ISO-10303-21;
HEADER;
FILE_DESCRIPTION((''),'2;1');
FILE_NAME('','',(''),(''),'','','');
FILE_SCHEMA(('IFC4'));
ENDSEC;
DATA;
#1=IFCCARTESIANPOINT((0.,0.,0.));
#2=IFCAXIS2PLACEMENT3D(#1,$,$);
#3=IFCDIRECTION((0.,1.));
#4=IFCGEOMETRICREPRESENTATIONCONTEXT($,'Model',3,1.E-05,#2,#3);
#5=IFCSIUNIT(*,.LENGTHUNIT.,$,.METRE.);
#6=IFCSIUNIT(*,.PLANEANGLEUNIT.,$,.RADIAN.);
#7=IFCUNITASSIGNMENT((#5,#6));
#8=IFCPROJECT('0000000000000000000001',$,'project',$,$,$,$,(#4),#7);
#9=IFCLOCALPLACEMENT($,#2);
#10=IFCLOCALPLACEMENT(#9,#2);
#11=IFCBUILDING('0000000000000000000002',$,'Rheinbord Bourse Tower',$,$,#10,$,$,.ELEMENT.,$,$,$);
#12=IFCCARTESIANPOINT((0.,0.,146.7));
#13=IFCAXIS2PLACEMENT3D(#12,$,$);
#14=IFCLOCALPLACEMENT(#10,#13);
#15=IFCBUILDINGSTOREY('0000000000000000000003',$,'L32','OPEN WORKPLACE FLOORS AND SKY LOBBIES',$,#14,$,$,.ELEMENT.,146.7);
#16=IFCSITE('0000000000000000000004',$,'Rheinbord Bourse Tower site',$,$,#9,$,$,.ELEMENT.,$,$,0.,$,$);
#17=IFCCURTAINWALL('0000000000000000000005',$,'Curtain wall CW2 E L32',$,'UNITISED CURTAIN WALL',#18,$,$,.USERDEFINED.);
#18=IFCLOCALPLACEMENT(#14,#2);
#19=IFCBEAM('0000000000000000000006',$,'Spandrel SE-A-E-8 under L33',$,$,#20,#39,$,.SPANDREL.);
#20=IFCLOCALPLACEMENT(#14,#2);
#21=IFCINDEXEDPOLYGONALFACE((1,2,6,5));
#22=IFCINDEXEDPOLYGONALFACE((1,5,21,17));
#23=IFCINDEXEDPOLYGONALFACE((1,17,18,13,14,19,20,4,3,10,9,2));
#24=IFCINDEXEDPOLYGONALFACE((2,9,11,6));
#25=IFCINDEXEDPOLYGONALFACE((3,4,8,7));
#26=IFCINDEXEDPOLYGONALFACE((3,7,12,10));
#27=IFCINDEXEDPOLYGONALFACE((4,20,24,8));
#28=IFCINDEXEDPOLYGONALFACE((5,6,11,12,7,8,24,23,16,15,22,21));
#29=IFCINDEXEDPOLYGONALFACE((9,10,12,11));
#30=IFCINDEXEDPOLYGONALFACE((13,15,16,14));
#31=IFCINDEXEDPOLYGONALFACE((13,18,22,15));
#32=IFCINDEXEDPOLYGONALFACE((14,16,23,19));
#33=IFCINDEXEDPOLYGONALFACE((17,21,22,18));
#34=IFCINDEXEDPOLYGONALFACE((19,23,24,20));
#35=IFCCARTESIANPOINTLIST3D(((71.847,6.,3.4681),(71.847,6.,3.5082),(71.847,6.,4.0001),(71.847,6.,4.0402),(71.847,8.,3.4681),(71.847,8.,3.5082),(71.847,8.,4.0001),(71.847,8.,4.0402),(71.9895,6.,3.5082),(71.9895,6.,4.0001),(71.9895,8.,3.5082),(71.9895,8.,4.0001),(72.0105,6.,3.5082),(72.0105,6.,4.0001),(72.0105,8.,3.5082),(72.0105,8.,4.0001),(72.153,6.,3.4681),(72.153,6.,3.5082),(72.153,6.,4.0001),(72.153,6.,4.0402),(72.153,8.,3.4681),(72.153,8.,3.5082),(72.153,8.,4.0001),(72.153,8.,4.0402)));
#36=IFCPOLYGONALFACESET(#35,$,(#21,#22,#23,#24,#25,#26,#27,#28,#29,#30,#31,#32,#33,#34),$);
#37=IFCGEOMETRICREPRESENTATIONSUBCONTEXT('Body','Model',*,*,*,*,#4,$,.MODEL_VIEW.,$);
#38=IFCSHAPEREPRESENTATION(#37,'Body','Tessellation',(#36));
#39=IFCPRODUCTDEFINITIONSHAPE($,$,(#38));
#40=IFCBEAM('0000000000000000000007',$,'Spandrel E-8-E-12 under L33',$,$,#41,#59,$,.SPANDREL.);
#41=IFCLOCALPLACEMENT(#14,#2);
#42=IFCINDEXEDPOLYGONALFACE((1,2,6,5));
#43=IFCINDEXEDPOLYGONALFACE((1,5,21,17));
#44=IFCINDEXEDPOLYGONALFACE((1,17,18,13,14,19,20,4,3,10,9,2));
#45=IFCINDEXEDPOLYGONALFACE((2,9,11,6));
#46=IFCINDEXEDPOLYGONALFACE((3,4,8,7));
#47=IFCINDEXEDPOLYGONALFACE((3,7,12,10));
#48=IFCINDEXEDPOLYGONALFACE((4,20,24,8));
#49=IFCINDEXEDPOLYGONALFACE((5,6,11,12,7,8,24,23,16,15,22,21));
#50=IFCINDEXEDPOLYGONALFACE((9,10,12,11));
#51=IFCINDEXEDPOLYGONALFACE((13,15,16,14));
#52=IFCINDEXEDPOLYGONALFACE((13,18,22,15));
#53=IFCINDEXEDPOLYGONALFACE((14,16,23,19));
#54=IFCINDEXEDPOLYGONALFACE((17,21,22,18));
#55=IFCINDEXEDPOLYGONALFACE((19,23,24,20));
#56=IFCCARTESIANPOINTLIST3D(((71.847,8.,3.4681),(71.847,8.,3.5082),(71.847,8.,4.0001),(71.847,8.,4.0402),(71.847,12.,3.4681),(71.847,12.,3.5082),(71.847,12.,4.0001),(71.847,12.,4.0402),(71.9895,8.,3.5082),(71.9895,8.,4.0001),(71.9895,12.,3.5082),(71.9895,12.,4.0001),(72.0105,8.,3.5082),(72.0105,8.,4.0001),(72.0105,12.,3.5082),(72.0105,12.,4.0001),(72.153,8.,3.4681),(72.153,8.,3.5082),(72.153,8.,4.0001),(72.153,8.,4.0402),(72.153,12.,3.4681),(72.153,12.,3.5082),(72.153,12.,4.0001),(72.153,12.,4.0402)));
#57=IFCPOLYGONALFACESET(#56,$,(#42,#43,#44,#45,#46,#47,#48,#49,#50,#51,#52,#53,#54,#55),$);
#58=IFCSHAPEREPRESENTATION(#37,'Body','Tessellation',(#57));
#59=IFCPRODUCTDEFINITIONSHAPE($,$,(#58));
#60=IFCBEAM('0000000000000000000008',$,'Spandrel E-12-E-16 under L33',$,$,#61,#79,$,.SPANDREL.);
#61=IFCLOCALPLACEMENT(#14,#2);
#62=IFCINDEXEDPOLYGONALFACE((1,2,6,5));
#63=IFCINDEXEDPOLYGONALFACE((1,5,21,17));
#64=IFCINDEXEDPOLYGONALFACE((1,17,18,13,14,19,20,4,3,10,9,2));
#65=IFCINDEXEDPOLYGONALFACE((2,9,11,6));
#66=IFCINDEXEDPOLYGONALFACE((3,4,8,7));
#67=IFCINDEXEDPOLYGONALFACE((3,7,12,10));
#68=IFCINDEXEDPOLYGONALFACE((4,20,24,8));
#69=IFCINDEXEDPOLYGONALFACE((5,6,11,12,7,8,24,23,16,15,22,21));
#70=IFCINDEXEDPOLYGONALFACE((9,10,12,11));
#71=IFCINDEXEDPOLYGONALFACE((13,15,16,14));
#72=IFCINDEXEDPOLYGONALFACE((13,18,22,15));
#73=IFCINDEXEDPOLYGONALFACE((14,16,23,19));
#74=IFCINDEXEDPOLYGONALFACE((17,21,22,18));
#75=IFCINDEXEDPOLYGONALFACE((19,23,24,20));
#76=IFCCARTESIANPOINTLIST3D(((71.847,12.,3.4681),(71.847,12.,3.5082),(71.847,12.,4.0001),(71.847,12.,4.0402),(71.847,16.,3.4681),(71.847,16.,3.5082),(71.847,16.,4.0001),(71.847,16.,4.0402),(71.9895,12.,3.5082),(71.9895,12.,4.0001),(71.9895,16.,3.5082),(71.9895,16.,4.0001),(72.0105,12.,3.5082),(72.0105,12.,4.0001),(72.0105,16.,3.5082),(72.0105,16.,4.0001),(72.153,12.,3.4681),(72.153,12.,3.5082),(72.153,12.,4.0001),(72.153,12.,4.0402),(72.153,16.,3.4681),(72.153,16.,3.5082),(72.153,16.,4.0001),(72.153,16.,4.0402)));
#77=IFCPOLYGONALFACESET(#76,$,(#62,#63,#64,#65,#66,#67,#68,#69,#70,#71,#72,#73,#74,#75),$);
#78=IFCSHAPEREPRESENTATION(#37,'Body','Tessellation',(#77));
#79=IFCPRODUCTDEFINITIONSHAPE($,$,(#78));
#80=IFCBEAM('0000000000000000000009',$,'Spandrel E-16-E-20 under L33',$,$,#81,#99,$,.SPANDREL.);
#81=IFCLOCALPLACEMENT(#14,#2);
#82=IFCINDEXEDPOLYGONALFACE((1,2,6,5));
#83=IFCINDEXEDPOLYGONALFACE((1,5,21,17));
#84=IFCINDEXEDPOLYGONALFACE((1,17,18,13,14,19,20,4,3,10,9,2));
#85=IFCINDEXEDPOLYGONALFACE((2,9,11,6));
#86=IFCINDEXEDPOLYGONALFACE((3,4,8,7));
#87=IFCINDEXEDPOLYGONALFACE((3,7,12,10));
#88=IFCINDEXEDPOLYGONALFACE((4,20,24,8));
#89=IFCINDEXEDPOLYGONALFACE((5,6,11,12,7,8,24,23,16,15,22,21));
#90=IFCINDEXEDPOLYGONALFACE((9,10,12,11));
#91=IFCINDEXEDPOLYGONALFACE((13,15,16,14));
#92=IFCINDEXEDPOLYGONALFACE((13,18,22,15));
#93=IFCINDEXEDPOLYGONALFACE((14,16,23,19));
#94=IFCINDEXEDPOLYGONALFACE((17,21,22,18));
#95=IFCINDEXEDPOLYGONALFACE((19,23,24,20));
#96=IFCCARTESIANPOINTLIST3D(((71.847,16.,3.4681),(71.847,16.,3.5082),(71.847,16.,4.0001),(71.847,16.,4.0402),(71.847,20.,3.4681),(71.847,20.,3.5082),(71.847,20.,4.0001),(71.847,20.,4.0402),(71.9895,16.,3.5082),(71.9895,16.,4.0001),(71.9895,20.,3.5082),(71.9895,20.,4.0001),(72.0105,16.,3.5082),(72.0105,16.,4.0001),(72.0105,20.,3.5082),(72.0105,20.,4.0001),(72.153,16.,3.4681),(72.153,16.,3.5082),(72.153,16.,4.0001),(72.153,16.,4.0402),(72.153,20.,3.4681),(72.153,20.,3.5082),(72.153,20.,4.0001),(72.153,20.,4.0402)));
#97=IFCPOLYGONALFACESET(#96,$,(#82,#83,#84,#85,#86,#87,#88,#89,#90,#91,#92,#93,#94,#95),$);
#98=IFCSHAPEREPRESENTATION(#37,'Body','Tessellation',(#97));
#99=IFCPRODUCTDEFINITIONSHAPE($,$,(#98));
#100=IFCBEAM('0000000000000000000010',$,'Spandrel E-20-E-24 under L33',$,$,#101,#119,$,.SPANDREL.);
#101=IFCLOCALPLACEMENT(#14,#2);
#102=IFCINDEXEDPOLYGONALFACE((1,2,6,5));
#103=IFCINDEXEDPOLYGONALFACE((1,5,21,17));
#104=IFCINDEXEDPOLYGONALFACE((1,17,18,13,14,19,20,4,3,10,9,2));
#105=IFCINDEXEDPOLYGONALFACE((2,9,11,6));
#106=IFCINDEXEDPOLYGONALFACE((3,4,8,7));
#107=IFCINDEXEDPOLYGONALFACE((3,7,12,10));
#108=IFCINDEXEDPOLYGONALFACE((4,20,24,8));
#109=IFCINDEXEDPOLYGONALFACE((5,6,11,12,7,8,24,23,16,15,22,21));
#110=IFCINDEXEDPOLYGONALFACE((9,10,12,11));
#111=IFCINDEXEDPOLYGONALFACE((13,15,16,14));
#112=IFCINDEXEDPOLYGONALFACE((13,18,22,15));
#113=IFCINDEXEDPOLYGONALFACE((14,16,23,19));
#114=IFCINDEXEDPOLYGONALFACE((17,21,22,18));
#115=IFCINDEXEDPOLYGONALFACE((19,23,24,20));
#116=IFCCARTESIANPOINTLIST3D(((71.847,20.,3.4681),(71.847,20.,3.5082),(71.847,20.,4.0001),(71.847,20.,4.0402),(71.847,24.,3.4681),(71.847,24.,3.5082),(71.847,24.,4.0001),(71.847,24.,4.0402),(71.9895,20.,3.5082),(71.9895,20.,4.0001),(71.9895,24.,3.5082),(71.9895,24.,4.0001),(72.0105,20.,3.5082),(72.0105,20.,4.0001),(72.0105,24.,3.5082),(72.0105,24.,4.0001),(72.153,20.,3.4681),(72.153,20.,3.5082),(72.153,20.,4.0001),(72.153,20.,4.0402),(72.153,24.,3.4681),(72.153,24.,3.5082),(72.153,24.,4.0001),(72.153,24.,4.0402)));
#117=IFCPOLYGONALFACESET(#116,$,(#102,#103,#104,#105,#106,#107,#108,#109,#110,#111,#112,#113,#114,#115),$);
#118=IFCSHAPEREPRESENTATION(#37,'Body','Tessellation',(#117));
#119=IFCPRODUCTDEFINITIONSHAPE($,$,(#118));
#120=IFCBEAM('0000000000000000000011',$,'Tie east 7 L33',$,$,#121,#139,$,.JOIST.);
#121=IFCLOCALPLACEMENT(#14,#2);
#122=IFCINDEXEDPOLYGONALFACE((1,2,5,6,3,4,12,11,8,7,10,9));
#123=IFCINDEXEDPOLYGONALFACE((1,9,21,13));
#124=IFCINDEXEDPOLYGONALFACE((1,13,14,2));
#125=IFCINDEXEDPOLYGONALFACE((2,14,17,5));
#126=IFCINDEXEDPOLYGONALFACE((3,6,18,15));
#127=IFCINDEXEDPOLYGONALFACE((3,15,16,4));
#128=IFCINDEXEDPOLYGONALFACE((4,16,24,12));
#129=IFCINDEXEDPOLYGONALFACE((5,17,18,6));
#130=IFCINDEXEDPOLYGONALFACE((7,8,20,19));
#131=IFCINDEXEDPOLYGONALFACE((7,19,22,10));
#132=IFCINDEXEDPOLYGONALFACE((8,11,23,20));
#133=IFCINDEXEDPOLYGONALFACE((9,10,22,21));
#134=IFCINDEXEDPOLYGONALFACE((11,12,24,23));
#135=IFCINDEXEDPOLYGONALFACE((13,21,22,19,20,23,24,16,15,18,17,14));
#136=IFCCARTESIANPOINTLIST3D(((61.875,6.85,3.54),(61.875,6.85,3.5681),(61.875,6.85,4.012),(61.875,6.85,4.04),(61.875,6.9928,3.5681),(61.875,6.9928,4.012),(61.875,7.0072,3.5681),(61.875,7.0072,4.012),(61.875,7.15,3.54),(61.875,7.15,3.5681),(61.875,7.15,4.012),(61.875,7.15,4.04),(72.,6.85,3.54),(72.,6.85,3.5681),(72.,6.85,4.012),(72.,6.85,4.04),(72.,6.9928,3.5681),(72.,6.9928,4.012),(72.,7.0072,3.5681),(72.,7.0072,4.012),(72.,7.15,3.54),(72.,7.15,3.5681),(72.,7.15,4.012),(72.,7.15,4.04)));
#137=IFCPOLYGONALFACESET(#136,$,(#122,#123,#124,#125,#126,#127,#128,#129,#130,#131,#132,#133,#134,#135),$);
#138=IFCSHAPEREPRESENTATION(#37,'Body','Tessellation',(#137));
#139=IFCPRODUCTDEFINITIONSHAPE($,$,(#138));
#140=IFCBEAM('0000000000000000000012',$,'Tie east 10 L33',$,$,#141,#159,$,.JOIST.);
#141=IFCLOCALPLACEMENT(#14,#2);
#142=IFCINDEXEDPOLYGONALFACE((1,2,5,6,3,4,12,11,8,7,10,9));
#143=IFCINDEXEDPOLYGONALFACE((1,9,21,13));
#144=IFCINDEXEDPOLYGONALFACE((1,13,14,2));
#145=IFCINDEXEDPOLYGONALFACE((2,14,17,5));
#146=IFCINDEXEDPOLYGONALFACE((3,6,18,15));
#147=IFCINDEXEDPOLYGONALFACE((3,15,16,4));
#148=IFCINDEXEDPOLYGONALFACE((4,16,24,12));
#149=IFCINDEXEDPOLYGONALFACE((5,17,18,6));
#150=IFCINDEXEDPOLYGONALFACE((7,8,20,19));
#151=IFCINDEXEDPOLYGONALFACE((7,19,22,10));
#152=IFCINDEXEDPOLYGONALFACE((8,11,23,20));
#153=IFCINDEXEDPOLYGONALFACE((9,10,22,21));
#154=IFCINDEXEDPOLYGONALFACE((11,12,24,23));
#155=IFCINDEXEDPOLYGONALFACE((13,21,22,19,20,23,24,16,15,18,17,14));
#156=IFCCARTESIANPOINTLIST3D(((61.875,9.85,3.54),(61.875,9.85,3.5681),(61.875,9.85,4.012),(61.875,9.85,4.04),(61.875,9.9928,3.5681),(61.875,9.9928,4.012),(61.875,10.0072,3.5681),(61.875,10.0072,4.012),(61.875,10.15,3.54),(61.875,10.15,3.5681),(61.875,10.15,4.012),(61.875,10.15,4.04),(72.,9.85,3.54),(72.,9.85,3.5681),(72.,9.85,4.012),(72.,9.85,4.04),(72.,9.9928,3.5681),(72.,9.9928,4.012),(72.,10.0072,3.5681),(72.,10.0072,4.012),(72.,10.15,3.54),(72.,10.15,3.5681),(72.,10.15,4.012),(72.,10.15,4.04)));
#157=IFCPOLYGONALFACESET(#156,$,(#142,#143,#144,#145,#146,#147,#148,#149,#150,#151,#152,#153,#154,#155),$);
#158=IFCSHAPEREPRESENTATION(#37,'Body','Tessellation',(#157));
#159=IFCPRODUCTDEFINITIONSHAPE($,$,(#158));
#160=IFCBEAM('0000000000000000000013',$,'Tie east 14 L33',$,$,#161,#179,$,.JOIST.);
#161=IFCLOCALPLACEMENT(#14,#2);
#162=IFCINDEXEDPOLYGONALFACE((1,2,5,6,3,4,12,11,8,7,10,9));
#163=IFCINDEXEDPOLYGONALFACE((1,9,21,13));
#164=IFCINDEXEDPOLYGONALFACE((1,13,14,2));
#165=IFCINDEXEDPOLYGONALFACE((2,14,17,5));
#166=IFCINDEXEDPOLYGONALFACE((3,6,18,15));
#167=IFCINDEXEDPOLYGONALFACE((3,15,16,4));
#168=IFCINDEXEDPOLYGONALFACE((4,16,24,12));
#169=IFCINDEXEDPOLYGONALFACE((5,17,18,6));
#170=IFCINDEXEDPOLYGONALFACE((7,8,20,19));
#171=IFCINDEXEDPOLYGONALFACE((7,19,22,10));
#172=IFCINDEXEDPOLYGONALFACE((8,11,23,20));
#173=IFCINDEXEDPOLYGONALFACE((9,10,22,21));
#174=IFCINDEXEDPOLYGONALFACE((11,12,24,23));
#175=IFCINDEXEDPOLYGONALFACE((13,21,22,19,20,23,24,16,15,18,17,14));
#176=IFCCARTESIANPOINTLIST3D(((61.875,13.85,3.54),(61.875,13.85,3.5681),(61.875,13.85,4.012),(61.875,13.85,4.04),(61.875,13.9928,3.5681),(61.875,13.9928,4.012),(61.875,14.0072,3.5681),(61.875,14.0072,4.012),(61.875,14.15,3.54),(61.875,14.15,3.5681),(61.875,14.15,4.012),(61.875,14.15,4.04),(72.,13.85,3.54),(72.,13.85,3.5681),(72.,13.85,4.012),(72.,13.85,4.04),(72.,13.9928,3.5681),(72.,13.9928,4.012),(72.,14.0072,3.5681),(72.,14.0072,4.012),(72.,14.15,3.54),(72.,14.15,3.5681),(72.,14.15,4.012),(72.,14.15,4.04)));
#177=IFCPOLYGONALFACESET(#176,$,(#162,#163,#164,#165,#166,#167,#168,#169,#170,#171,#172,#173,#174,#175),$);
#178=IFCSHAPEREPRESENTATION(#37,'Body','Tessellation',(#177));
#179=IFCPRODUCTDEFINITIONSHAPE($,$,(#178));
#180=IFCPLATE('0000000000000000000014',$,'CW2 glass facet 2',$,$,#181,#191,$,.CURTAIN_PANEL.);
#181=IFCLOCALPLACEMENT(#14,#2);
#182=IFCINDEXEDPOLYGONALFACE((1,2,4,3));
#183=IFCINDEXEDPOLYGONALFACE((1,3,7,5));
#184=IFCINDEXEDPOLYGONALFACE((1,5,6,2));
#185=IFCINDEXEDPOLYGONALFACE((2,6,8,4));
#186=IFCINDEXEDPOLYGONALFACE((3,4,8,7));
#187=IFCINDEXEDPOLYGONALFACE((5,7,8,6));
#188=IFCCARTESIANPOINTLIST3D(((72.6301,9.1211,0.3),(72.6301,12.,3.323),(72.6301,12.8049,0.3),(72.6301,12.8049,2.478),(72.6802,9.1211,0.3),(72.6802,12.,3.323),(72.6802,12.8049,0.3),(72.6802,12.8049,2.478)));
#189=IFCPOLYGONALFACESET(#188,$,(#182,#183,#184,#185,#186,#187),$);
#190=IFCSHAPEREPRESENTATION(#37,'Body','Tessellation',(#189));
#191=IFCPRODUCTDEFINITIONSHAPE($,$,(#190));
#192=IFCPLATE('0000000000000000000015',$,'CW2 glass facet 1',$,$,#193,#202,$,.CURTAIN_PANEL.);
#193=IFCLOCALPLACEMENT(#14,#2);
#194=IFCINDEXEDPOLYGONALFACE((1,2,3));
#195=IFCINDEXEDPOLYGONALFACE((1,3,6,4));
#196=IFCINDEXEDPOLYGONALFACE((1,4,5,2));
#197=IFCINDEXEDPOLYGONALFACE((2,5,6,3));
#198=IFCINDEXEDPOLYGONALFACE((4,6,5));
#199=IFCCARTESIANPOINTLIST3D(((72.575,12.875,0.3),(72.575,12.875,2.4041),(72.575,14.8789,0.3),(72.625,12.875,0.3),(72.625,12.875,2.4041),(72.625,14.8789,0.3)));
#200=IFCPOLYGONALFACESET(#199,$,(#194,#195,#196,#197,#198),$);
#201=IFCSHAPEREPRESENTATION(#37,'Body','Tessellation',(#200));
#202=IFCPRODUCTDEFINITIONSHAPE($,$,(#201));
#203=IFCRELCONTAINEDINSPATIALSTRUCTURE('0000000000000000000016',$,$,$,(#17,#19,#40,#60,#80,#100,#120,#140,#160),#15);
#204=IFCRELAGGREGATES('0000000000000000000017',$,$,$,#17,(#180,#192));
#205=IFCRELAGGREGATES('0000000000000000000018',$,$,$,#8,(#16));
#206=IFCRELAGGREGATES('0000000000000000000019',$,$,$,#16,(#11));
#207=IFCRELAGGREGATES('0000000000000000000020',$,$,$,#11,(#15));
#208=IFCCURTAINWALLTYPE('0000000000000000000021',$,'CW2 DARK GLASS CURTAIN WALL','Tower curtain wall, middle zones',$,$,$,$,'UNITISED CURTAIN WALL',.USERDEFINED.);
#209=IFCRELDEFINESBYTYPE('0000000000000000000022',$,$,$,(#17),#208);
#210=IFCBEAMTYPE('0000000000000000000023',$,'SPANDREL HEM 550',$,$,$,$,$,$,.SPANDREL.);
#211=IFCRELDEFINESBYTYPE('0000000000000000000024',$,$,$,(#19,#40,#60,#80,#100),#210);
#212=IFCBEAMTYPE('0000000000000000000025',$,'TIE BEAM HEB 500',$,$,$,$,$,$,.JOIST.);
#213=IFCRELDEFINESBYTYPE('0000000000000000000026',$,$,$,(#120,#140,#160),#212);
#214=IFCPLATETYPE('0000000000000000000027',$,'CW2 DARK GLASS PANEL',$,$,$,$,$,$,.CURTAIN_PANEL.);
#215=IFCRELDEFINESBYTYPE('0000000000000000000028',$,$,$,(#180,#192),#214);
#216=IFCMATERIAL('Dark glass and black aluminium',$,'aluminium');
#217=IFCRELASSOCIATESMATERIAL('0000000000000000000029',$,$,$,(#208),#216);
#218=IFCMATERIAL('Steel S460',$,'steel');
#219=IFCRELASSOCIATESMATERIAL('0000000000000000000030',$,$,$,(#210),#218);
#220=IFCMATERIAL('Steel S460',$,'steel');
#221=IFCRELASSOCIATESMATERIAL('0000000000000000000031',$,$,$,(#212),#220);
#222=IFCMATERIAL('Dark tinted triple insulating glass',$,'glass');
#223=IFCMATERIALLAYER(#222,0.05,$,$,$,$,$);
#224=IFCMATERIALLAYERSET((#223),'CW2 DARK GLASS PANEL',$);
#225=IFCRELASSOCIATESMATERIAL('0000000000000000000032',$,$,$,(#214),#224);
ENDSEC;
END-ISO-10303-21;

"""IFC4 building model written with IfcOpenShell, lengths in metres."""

from ifc_helpers import new_model, si_unit, direction, frame, origin, origin_2d, place, context, subcontext, project, spatial, polyline, i_section, outline, extrude, material, layer, layer_set, material_profile, profile_set, type_object, element, aggregate, save


model = new_model("IFC4")

# Units and contexts
model_context = context("Model", 3, precision=1e-05, world=origin(), true_north=direction((0.0, 1.0)))
body_context = subcontext(model_context, "Body", "Model", "MODEL_VIEW")
ifc_project = project(units=[si_unit("LENGTHUNIT", "METRE"), si_unit("PLANEANGLEUNIT", "RADIAN")], contexts=[model_context])

# Site, building, storey
site_placement = place(None, origin())
site = spatial("IfcSite", under=ifc_project, at=site_placement, Name="Rheinbord Bourse Tower site", CompositionType="ELEMENT", RefElevation=0.0)
building_placement = place(site_placement, origin())
building = spatial("IfcBuilding", under=site, at=building_placement, Name="Rheinbord Bourse Tower", CompositionType="ELEMENT")
storey_placement = place(building_placement, frame((0.0, 0.0, 146.7)))
storey = spatial("IfcBuildingStorey", under=building, at=storey_placement, Name="L32", Description="OPEN WORKPLACE FLOORS AND SKY LOBBIES", CompositionType="ELEMENT", Elevation=146.7)

# Curtain wall
ifc_material_1 = material(Name="Dark glass and black aluminium", Category="aluminium")
curtain_wall_type = type_object("IfcCurtainWallType", Name="CW2 DARK GLASS CURTAIN WALL", Description="Tower curtain wall, middle zones", ElementType="UNITISED CURTAIN WALL", PredefinedType="USERDEFINED", material=ifc_material_1)
curtain_wall_placement = place(storey_placement, origin())
curtain_wall = element("IfcCurtainWall", 1, at=curtain_wall_placement, inside=storey, type_object=curtain_wall_type, Name="Curtain wall CW2 E L32", ObjectType="UNITISED CURTAIN WALL", PredefinedType="USERDEFINED")

# Beams
ifc_material_2 = material(Name="Steel S460", Category="steel")
ifc_material_profile_1 = material_profile(ifc_material_2, i_section(OverallWidth=0.3059, OverallDepth=0.572, WebThickness=0.021, FlangeThickness=0.04, at=origin_2d()), Name="HEM 550")
ifc_profile_set_1 = profile_set([ifc_material_profile_1], Name="Steel S460")
beam_type_1 = type_object("IfcBeamType", Name="SPANDREL HEM 550", PredefinedType="SPANDREL", material=ifc_profile_set_1)
beam_1_placement = place(storey_placement, frame((72.0, 6.0, 3.7542), z_axis=(0.0, 1.0, 0.0), x_axis=(-1.0, 0.0, 0.0)))
element("IfcBeam", 2, at=beam_1_placement, inside=storey, type_object=beam_type_1, Name="Spandrel SE-A-E-8 under L33", PredefinedType="SPANDREL", context=body_context, shape_type="SweptSolid", body=[
    extrude(i_section(OverallWidth=0.3059, OverallDepth=0.572, WebThickness=0.021, FlangeThickness=0.04, at=origin_2d()), origin(), (0.0, 0.0, 1.0), 2.0),
])
for number, where, z_axis, x_axis, name in (
    (3, (72.0, 8.0, 3.7542), (0.0, 1.0, 0.0), (-1.0, 0.0, 0.0), "Spandrel E-8-E-12 under L33"),
    (4, (72.0, 12.0, 3.7542), (0.0, 1.0, 0.0), (-1.0, 0.0, 0.0), "Spandrel E-12-E-16 under L33"),
    (5, (72.0, 16.0, 3.7542), (0.0, 1.0, 0.0), (-1.0, 0.0, 0.0), "Spandrel E-16-E-20 under L33"),
    (6, (72.0, 20.0, 3.7542), (0.0, 1.0, 0.0), (-1.0, 0.0, 0.0), "Spandrel E-20-E-24 under L33"),
):
    element("IfcBeam", number, at=place(storey_placement, frame(where, z_axis=z_axis, x_axis=x_axis)), inside=storey, type_object=beam_type_1, Name=name, PredefinedType="SPANDREL", context=body_context, shape_type="SweptSolid", body=[
        extrude(i_section(OverallWidth=0.3059, OverallDepth=0.572, WebThickness=0.021, FlangeThickness=0.04, at=origin_2d()), origin(), (0.0, 0.0, 1.0), 4.0),
    ])
ifc_material_3 = material(Name="Steel S460", Category="steel")
ifc_material_profile_2 = material_profile(ifc_material_3, i_section(OverallWidth=0.3, OverallDepth=0.5, WebThickness=0.0144, FlangeThickness=0.0281, at=origin_2d()), Name="HEB 500")
ifc_profile_set_2 = profile_set([ifc_material_profile_2], Name="Steel S460")
beam_type_2 = type_object("IfcBeamType", Name="TIE BEAM HEB 500", PredefinedType="JOIST", material=ifc_profile_set_2)
for number, where, z_axis, x_axis, name in (
    (7, (61.875, 7.0, 3.79), (1.0, 0.0, 0.0), (0.0, 1.0, 0.0), "Tie east 7 L33"),
    (8, (61.875, 10.0, 3.79), (1.0, 0.0, 0.0), (0.0, 1.0, 0.0), "Tie east 10 L33"),
    (9, (61.875, 14.0, 3.79), (1.0, 0.0, 0.0), (0.0, 1.0, 0.0), "Tie east 14 L33"),
):
    element("IfcBeam", number, at=place(storey_placement, frame(where, z_axis=z_axis, x_axis=x_axis)), inside=storey, type_object=beam_type_2, Name=name, PredefinedType="JOIST", context=body_context, shape_type="SweptSolid", body=[
        extrude(i_section(OverallWidth=0.3, OverallDepth=0.5, WebThickness=0.0144, FlangeThickness=0.0281, at=origin_2d()), origin(), (0.0, 0.0, 1.0), 10.125),
    ])

# Plates
ifc_material_4 = material(Name="Dark tinted triple insulating glass", Category="glass")
ifc_layer_1 = layer(ifc_material_4, 0.05)
ifc_layer_set_1 = layer_set([ifc_layer_1], Name="CW2 DARK GLASS PANEL")
plate_type = type_object("IfcPlateType", Name="CW2 DARK GLASS PANEL", PredefinedType="CURTAIN_PANEL", material=ifc_layer_set_1)
plate_1_placement = place(storey_placement, frame((72.6802, 12.8049, 0.3), z_axis=(-1.0, 0.0, 0.0), x_axis=(0.0, -1.0, 0.0)))
plate_1 = element("IfcPlate", 10, at=plate_1_placement, type_object=plate_type, Name="CW2 glass facet 2", PredefinedType="CURTAIN_PANEL", context=body_context, shape_type="SweptSolid", body=[
    extrude(outline(polyline([(0.0, 0.0), (3.6838, 0.0), (0.8049, 3.0229), (0.0, 2.178), (0.0, 0.0)])), origin(), (0.0, 0.0, 1.0), 0.05),
])
plate_2_placement = place(storey_placement, frame((72.625, 12.875, 0.3), z_axis=(-1.0, 0.0, 0.0), x_axis=(0.0, 0.0, 1.0)))
plate_2 = element("IfcPlate", 11, at=plate_2_placement, type_object=plate_type, Name="CW2 glass facet 1", PredefinedType="CURTAIN_PANEL", context=body_context, shape_type="SweptSolid", body=[
    extrude(outline(polyline([(0.0, 0.0), (2.104, 0.0), (0.0, 2.0039), (0.0, 0.0)])), origin(), (0.0, 0.0, 1.0), 0.05),
])
aggregate(curtain_wall, [plate_1, plate_2])

save(model, "model.ifc")
